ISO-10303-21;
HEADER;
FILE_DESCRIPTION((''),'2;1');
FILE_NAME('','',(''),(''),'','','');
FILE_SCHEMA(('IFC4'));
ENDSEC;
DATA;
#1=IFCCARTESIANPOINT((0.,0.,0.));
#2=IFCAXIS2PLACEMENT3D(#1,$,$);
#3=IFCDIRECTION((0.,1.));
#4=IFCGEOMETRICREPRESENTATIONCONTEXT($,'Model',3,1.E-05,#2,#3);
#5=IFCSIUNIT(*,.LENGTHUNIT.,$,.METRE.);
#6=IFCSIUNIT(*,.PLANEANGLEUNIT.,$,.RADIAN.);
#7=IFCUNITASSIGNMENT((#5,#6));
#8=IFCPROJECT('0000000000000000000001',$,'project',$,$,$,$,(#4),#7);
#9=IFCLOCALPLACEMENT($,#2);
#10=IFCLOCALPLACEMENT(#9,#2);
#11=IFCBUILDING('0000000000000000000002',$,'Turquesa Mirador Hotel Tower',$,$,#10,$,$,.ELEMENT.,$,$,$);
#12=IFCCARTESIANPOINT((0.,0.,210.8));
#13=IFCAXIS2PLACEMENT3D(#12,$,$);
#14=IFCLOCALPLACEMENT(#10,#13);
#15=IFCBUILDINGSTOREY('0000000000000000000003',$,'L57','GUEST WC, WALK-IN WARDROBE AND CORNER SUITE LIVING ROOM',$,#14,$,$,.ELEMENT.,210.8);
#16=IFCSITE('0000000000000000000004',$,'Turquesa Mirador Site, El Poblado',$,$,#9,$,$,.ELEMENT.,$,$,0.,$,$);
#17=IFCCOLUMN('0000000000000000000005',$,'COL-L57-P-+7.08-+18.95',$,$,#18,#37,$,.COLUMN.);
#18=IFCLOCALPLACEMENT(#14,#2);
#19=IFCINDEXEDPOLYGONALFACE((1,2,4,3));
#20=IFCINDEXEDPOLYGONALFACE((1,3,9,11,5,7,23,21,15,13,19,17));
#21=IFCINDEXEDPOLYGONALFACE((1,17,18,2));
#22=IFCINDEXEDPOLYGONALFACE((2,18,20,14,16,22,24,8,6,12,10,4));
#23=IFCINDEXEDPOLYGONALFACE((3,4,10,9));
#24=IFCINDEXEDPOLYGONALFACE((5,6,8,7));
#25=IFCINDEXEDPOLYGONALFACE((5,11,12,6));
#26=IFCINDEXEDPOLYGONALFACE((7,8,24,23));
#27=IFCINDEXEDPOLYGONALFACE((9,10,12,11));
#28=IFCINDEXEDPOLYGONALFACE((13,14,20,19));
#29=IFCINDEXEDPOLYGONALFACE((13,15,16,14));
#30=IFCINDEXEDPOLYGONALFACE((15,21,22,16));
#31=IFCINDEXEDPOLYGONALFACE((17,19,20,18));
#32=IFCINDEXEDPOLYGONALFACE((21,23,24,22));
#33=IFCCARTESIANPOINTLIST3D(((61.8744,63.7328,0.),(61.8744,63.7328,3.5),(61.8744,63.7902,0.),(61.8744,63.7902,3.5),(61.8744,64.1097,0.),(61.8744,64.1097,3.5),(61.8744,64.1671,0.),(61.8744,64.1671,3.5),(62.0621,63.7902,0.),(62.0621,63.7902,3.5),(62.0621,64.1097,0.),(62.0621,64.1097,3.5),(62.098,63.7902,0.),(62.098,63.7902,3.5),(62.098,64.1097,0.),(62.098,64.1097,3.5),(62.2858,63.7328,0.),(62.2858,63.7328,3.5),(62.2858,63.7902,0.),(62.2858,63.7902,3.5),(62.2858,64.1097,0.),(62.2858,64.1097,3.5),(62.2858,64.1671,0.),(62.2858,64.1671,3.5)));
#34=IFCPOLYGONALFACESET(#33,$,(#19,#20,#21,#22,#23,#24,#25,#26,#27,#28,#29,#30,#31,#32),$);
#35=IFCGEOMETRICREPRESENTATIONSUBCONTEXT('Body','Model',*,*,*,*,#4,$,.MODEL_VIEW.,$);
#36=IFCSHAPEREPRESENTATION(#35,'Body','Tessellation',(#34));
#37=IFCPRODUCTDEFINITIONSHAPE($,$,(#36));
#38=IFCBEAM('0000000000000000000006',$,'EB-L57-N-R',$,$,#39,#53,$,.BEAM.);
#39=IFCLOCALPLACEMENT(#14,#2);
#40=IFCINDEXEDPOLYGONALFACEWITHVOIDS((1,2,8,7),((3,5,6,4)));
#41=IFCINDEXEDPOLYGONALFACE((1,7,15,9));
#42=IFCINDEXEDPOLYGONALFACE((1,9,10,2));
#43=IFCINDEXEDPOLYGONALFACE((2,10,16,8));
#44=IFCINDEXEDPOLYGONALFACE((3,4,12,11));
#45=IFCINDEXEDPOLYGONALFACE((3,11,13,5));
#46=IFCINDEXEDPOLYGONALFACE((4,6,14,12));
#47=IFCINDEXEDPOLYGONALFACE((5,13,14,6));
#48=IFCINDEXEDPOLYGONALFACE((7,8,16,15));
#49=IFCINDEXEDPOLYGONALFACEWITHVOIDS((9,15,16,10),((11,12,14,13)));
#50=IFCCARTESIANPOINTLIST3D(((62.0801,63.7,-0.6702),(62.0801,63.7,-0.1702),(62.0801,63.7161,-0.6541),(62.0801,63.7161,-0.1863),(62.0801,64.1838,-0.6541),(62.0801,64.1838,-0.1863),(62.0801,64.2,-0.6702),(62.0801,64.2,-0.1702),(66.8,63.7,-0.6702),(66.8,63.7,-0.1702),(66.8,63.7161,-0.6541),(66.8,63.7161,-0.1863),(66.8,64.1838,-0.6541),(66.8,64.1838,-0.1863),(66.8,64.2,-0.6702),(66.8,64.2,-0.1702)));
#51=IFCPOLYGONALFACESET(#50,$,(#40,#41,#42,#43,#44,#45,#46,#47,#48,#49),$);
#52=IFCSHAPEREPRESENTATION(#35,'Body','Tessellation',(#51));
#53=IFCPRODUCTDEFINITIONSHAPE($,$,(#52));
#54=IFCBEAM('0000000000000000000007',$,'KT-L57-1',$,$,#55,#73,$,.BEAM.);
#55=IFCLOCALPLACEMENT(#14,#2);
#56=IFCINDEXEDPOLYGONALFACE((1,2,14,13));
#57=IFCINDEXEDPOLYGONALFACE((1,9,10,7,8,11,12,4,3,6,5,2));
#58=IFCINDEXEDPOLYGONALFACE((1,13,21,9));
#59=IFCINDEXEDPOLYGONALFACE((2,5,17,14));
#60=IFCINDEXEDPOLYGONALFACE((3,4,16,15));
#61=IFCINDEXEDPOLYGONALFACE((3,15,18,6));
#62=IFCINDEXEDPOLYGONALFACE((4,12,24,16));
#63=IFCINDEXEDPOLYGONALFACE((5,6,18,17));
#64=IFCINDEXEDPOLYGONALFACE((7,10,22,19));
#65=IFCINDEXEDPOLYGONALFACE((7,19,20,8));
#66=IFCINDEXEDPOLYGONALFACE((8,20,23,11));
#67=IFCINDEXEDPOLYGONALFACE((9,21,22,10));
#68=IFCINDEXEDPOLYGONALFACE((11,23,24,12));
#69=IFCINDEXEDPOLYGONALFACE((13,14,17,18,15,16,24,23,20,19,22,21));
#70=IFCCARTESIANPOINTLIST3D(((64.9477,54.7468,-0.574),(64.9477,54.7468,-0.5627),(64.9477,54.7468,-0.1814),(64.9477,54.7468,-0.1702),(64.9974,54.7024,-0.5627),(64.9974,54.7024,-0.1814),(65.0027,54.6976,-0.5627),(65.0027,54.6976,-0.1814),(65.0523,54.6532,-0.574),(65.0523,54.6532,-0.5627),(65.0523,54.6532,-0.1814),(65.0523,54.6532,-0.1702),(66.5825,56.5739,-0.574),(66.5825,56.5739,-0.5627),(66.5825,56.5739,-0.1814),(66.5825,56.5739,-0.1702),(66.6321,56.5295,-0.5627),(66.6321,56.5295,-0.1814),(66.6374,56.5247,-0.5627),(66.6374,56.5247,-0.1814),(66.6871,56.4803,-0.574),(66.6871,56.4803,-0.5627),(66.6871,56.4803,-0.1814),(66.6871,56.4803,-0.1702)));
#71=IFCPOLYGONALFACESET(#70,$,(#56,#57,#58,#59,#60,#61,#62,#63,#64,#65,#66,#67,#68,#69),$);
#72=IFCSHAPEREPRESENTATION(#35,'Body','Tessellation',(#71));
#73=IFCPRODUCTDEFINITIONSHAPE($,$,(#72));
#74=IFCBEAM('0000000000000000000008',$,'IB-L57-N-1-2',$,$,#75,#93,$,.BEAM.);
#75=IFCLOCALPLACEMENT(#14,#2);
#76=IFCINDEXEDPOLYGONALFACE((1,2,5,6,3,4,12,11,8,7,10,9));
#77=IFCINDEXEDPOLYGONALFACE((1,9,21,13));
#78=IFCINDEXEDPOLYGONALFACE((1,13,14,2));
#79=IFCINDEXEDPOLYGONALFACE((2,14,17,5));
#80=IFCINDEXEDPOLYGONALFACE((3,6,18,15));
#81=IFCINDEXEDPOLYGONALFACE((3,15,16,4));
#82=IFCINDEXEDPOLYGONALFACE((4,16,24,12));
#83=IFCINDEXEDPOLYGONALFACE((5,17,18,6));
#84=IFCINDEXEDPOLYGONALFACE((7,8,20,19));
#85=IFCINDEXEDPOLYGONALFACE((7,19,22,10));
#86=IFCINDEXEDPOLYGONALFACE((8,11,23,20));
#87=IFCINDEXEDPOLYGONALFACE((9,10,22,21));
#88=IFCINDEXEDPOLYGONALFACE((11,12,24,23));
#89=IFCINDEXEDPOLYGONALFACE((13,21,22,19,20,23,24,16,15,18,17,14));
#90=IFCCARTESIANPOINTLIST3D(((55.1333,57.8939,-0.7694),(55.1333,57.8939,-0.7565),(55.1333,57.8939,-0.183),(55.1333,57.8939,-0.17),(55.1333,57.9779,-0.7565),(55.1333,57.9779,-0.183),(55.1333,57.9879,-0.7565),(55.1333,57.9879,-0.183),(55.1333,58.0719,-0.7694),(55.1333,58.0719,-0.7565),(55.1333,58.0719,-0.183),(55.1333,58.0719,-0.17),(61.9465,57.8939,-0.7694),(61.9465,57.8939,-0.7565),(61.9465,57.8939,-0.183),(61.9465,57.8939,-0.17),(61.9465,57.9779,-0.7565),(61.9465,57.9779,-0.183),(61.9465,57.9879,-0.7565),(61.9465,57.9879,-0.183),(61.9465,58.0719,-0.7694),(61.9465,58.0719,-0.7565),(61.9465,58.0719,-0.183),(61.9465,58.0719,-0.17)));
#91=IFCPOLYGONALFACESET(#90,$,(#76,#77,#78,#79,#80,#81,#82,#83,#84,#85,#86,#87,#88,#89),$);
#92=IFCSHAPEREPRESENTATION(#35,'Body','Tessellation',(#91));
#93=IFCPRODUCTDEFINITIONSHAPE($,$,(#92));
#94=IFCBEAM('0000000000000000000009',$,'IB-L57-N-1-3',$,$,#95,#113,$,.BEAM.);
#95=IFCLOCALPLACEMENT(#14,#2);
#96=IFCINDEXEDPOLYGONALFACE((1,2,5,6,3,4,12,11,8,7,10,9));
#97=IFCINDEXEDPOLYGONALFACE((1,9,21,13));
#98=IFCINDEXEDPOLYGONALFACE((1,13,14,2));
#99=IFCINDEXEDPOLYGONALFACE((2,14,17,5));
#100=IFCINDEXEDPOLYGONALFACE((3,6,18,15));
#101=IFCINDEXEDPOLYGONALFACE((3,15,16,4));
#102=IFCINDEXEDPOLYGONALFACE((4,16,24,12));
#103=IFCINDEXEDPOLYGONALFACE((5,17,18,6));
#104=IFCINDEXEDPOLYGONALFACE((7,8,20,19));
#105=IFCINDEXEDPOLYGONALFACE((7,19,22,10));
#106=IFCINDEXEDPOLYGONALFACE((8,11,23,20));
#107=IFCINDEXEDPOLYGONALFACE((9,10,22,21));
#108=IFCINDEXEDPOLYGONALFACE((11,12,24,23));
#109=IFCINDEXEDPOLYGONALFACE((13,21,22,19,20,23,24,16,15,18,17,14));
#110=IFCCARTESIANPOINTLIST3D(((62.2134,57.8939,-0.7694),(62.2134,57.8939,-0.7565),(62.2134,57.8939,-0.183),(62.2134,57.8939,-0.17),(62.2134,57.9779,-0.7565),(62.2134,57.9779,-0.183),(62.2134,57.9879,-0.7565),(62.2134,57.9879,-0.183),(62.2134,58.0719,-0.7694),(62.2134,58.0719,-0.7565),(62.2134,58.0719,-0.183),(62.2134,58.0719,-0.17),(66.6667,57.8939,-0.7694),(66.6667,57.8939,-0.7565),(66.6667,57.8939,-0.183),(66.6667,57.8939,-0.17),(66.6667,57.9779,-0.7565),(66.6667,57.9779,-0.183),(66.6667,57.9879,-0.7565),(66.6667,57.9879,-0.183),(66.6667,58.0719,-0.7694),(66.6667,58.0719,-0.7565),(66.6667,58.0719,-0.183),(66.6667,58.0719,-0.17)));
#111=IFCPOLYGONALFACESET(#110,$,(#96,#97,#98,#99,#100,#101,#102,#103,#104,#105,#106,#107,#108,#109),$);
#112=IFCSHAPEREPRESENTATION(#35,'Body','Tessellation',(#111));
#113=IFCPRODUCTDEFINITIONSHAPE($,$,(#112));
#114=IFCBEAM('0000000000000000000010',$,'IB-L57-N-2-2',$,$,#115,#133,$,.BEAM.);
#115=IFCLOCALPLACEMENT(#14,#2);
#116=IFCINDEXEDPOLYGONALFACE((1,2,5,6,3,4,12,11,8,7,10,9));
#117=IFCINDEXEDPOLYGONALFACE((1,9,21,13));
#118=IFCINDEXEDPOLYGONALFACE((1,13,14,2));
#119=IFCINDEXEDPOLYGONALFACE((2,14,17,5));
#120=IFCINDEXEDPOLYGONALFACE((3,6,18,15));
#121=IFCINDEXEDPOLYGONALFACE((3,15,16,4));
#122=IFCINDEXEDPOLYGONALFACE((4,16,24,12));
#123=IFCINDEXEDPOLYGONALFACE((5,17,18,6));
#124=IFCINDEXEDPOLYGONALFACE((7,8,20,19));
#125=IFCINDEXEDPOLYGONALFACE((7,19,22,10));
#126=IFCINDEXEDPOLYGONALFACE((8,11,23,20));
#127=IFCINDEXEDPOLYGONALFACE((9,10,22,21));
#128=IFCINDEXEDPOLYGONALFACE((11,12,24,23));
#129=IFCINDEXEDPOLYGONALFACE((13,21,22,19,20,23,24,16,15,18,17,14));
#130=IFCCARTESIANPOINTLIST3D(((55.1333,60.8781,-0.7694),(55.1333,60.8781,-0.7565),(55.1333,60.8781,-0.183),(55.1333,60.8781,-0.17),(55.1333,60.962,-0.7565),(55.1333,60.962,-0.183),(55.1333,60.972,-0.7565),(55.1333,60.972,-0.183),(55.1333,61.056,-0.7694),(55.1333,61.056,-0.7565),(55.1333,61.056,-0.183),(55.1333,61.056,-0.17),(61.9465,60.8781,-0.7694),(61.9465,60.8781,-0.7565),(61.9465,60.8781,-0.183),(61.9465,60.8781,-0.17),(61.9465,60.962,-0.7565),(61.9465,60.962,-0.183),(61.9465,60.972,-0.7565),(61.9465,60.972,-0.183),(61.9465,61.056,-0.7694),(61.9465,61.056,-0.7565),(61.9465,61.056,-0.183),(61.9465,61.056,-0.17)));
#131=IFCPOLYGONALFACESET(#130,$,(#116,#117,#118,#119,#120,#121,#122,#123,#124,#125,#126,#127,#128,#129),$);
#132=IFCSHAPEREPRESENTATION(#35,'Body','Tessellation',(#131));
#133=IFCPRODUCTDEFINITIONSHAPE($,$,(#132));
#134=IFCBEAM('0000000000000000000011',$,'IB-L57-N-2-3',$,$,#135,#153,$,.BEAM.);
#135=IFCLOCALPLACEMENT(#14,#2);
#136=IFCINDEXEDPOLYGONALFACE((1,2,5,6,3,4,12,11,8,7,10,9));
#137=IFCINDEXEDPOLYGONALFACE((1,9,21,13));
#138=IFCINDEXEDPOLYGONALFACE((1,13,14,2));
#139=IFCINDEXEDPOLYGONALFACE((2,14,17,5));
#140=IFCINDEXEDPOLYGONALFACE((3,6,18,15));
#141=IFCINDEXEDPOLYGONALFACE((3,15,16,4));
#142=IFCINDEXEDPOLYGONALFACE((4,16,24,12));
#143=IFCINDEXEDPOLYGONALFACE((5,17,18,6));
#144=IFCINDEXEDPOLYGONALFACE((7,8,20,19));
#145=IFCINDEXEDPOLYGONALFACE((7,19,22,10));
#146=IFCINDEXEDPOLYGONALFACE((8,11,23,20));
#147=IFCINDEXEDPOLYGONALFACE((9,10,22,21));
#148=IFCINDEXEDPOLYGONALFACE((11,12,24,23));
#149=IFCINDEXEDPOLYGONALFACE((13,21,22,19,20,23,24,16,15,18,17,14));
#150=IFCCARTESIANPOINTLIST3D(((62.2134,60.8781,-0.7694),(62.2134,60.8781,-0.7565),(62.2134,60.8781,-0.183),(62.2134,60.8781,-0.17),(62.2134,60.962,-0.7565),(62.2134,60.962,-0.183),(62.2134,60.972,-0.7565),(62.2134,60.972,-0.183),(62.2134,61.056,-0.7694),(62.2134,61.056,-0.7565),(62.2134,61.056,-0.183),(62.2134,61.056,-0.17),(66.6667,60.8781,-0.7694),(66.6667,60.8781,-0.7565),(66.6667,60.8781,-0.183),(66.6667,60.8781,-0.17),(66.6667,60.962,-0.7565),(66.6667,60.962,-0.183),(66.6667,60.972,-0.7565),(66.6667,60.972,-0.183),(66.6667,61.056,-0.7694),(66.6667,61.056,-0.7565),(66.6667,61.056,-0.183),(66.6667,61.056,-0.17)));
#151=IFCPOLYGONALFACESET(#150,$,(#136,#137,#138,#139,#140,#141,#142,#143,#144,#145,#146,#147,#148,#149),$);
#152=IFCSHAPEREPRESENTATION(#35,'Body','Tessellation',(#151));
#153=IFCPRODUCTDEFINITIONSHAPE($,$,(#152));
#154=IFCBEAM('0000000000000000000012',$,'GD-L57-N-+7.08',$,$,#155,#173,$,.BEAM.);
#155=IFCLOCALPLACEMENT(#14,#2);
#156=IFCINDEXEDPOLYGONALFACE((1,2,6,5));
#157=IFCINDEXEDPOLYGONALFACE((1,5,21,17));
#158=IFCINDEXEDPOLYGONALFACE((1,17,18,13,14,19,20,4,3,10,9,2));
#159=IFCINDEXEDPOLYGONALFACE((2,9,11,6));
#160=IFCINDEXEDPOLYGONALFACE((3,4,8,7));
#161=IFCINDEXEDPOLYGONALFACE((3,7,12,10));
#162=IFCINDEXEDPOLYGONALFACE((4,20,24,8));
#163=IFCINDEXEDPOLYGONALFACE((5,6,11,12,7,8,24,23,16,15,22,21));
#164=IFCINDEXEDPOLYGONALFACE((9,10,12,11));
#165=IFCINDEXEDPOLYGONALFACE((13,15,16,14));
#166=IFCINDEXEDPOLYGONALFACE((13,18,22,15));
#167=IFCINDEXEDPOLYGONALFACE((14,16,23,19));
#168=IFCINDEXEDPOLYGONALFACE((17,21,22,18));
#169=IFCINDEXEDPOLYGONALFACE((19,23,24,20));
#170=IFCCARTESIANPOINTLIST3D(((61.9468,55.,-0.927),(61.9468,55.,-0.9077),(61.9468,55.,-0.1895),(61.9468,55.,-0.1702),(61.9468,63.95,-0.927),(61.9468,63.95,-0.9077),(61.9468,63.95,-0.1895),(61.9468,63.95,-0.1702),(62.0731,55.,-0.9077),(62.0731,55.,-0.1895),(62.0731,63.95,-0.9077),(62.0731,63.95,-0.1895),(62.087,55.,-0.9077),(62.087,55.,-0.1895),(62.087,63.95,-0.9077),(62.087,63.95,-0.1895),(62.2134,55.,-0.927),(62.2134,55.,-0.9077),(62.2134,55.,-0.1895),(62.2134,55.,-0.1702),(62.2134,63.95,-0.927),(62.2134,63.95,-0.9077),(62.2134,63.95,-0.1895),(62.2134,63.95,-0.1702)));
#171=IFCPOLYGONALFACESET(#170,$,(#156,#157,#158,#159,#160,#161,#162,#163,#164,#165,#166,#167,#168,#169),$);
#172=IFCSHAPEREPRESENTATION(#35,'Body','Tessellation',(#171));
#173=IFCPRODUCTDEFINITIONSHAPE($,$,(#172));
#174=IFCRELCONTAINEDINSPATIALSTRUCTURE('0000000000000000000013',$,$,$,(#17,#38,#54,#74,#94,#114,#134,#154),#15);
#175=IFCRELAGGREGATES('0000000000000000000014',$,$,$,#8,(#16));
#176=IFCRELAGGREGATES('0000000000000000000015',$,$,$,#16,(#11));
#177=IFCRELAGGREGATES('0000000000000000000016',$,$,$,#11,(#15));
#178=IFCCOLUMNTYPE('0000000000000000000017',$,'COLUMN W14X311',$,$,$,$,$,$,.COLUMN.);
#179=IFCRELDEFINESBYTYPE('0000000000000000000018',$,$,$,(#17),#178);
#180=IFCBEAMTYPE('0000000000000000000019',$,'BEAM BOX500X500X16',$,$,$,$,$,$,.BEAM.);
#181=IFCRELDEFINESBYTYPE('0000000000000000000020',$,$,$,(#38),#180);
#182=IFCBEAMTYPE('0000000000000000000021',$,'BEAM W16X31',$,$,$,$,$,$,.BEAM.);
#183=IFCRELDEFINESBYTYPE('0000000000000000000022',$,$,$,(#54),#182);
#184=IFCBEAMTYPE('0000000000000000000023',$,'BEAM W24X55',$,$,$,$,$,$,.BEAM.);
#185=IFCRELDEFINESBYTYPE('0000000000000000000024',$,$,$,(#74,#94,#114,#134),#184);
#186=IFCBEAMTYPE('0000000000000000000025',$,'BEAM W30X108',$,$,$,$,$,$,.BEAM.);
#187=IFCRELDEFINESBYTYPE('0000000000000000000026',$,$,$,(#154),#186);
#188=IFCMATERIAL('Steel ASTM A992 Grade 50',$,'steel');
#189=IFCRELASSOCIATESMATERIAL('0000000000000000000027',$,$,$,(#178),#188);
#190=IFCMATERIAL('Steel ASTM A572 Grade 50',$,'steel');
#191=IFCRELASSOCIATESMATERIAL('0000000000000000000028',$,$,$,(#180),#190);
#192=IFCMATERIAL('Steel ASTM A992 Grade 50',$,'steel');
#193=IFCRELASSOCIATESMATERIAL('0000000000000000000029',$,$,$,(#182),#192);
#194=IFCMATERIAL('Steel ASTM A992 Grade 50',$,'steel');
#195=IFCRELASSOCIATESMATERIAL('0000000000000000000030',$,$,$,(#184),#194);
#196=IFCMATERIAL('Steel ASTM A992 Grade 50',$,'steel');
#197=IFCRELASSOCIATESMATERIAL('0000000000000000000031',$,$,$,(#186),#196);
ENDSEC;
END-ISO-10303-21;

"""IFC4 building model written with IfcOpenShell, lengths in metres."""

from ifc_helpers import new_model, si_unit, direction, frame, origin, origin_2d, place, context, subcontext, project, spatial, hollow_rectangle, i_section, extrude, material, material_profile, profile_set, type_object, element, save


model = new_model("IFC4")

# Units and contexts
model_context = context("Model", 3, precision=1e-05, world=origin(), true_north=direction((0.0, 1.0)))
body_context = subcontext(model_context, "Body", "Model", "MODEL_VIEW")
ifc_project = project(units=[si_unit("LENGTHUNIT", "METRE"), si_unit("PLANEANGLEUNIT", "RADIAN")], contexts=[model_context])

# Site, building, storey
site_placement = place(None, origin())
site = spatial("IfcSite", under=ifc_project, at=site_placement, Name="Turquesa Mirador Site, El Poblado", CompositionType="ELEMENT", RefElevation=0.0)
building_placement = place(site_placement, origin())
building = spatial("IfcBuilding", under=site, at=building_placement, Name="Turquesa Mirador Hotel Tower", CompositionType="ELEMENT")
storey_placement = place(building_placement, frame((0.0, 0.0, 210.8)))
storey = spatial("IfcBuildingStorey", under=building, at=storey_placement, Name="L57", Description="GUEST WC, WALK-IN WARDROBE AND CORNER SUITE LIVING ROOM", CompositionType="ELEMENT", Elevation=210.8)

# Column
ifc_material_1 = material(Name="Steel ASTM A992 Grade 50", Category="steel")
ifc_material_profile_1 = material_profile(ifc_material_1, i_section(OverallWidth=0.4114, OverallDepth=0.4343, WebThickness=0.0359, FlangeThickness=0.0574, at=origin_2d()), Name="W14X311")
ifc_profile_set_1 = profile_set([ifc_material_profile_1], Name="Steel ASTM A992 Grade 50")
column_type = type_object("IfcColumnType", Name="COLUMN W14X311", PredefinedType="COLUMN", material=ifc_profile_set_1)
column_placement = place(storey_placement, frame((62.0801, 63.95, 0.0), z_axis=(0.0, 0.0, 1.0), x_axis=(1.0, 0.0, 0.0)))
element("IfcColumn", 1, at=column_placement, inside=storey, type_object=column_type, Name="COL-L57-P-+7.08-+18.95", PredefinedType="COLUMN", context=body_context, shape_type="SweptSolid", body=[
    extrude(i_section(OverallWidth=0.4114, OverallDepth=0.4343, WebThickness=0.0359, FlangeThickness=0.0574, at=origin_2d()), origin(), (0.0, 0.0, 1.0), 3.5),
])

# Beams
ifc_material_2 = material(Name="Steel ASTM A572 Grade 50", Category="steel")
ifc_material_profile_2 = material_profile(ifc_material_2, hollow_rectangle(XDim=0.5, YDim=0.5, WallThickness=0.0161, at=origin_2d()), Name="BOX500X500X16")
ifc_profile_set_2 = profile_set([ifc_material_profile_2], Name="Steel ASTM A572 Grade 50")
beam_type_1 = type_object("IfcBeamType", Name="BEAM BOX500X500X16", PredefinedType="BEAM", material=ifc_profile_set_2)
beam_1_placement = place(storey_placement, frame((62.0801, 63.95, -0.4202), z_axis=(1.0, 0.0, 0.0), x_axis=(0.0, 1.0, 0.0)))
element("IfcBeam", 2, at=beam_1_placement, inside=storey, type_object=beam_type_1, Name="EB-L57-N-R", PredefinedType="BEAM", context=body_context, shape_type="SweptSolid", body=[
    extrude(hollow_rectangle(XDim=0.5, YDim=0.5, WallThickness=0.0161, at=origin_2d()), origin(), (0.0, 0.0, 1.0), 4.72),
])
ifc_material_3 = material(Name="Steel ASTM A992 Grade 50", Category="steel")
ifc_material_profile_3 = material_profile(ifc_material_3, i_section(OverallWidth=0.1404, OverallDepth=0.4038, WebThickness=0.0071, FlangeThickness=0.0112, at=origin_2d()), Name="W16X31")
ifc_profile_set_3 = profile_set([ifc_material_profile_3], Name="Steel ASTM A992 Grade 50")
beam_type_2 = type_object("IfcBeamType", Name="BEAM W16X31", PredefinedType="BEAM", material=ifc_profile_set_3)
beam_2_placement = place(storey_placement, frame((66.6348, 56.5271, -0.3721), z_axis=(-0.666783, -0.745252, 0.0), x_axis=(0.745252, -0.666783, 0.0)))
element("IfcBeam", 3, at=beam_2_placement, inside=storey, type_object=beam_type_2, Name="KT-L57-1", PredefinedType="BEAM", context=body_context, shape_type="SweptSolid", body=[
    extrude(i_section(OverallWidth=0.1404, OverallDepth=0.4038, WebThickness=0.0071, FlangeThickness=0.0112, at=origin_2d()), origin(), (0.0, 0.0, 1.0), 2.4517),
])
ifc_material_4 = material(Name="Steel ASTM A992 Grade 50", Category="steel")
ifc_material_profile_4 = material_profile(ifc_material_4, i_section(OverallWidth=0.178, OverallDepth=0.5994, WebThickness=0.01, FlangeThickness=0.0129, at=origin_2d()), Name="W24X55")
ifc_profile_set_4 = profile_set([ifc_material_profile_4], Name="Steel ASTM A992 Grade 50")
beam_type_3 = type_object("IfcBeamType", Name="BEAM W24X55", PredefinedType="BEAM", material=ifc_profile_set_4)
beam_3_placement = place(storey_placement, frame((55.1333, 57.9829, -0.4697), z_axis=(1.0, 0.0, 0.0), x_axis=(0.0, 1.0, 0.0)))
element("IfcBeam", 4, at=beam_3_placement, inside=storey, type_object=beam_type_3, Name="IB-L57-N-1-2", PredefinedType="BEAM", context=body_context, shape_type="SweptSolid", body=[
    extrude(i_section(OverallWidth=0.178, OverallDepth=0.5994, WebThickness=0.01, FlangeThickness=0.0129, at=origin_2d()), origin(), (0.0, 0.0, 1.0), 6.8132),
])
beam_4_placement = place(storey_placement, frame((62.2134, 57.9829, -0.4697), z_axis=(1.0, 0.0, 0.0), x_axis=(0.0, 1.0, 0.0)))
element("IfcBeam", 5, at=beam_4_placement, inside=storey, type_object=beam_type_3, Name="IB-L57-N-1-3", PredefinedType="BEAM", context=body_context, shape_type="SweptSolid", body=[
    extrude(i_section(OverallWidth=0.178, OverallDepth=0.5994, WebThickness=0.01, FlangeThickness=0.0129, at=origin_2d()), origin(), (0.0, 0.0, 1.0), 4.4534),
])
beam_5_placement = place(storey_placement, frame((55.1333, 60.967, -0.4697), z_axis=(1.0, 0.0, 0.0), x_axis=(0.0, 1.0, 0.0)))
element("IfcBeam", 6, at=beam_5_placement, inside=storey, type_object=beam_type_3, Name="IB-L57-N-2-2", PredefinedType="BEAM", context=body_context, shape_type="SweptSolid", body=[
    extrude(i_section(OverallWidth=0.178, OverallDepth=0.5994, WebThickness=0.01, FlangeThickness=0.0129, at=origin_2d()), origin(), (0.0, 0.0, 1.0), 6.8132),
])
beam_6_placement = place(storey_placement, frame((62.2134, 60.967, -0.4697), z_axis=(1.0, 0.0, 0.0), x_axis=(0.0, 1.0, 0.0)))
element("IfcBeam", 7, at=beam_6_placement, inside=storey, type_object=beam_type_3, Name="IB-L57-N-2-3", PredefinedType="BEAM", context=body_context, shape_type="SweptSolid", body=[
    extrude(i_section(OverallWidth=0.178, OverallDepth=0.5994, WebThickness=0.01, FlangeThickness=0.0129, at=origin_2d()), origin(), (0.0, 0.0, 1.0), 4.4534),
])
ifc_material_5 = material(Name="Steel ASTM A992 Grade 50", Category="steel")
ifc_material_profile_5 = material_profile(ifc_material_5, i_section(OverallWidth=0.2666, OverallDepth=0.7568, WebThickness=0.0139, FlangeThickness=0.0193, at=origin_2d()), Name="W30X108")
ifc_profile_set_5 = profile_set([ifc_material_profile_5], Name="Steel ASTM A992 Grade 50")
beam_type_4 = type_object("IfcBeamType", Name="BEAM W30X108", PredefinedType="BEAM", material=ifc_profile_set_5)
for number, where, z_axis, x_axis, name in (
    (8, (62.0801, 63.95, -0.5486), (0.0, -1.0, 0.0), (1.0, 0.0, 0.0), "GD-L57-N-+7.08"),
):
    element("IfcBeam", number, at=place(storey_placement, frame(where, z_axis=z_axis, x_axis=x_axis)), inside=storey, type_object=beam_type_4, Name=name, PredefinedType="BEAM", context=body_context, shape_type="SweptSolid", body=[
        extrude(i_section(OverallWidth=0.2666, OverallDepth=0.7568, WebThickness=0.0139, FlangeThickness=0.0193, at=origin_2d()), origin(), (0.0, 0.0, 1.0), 8.95),
    ])

save(model, "model.ifc")
